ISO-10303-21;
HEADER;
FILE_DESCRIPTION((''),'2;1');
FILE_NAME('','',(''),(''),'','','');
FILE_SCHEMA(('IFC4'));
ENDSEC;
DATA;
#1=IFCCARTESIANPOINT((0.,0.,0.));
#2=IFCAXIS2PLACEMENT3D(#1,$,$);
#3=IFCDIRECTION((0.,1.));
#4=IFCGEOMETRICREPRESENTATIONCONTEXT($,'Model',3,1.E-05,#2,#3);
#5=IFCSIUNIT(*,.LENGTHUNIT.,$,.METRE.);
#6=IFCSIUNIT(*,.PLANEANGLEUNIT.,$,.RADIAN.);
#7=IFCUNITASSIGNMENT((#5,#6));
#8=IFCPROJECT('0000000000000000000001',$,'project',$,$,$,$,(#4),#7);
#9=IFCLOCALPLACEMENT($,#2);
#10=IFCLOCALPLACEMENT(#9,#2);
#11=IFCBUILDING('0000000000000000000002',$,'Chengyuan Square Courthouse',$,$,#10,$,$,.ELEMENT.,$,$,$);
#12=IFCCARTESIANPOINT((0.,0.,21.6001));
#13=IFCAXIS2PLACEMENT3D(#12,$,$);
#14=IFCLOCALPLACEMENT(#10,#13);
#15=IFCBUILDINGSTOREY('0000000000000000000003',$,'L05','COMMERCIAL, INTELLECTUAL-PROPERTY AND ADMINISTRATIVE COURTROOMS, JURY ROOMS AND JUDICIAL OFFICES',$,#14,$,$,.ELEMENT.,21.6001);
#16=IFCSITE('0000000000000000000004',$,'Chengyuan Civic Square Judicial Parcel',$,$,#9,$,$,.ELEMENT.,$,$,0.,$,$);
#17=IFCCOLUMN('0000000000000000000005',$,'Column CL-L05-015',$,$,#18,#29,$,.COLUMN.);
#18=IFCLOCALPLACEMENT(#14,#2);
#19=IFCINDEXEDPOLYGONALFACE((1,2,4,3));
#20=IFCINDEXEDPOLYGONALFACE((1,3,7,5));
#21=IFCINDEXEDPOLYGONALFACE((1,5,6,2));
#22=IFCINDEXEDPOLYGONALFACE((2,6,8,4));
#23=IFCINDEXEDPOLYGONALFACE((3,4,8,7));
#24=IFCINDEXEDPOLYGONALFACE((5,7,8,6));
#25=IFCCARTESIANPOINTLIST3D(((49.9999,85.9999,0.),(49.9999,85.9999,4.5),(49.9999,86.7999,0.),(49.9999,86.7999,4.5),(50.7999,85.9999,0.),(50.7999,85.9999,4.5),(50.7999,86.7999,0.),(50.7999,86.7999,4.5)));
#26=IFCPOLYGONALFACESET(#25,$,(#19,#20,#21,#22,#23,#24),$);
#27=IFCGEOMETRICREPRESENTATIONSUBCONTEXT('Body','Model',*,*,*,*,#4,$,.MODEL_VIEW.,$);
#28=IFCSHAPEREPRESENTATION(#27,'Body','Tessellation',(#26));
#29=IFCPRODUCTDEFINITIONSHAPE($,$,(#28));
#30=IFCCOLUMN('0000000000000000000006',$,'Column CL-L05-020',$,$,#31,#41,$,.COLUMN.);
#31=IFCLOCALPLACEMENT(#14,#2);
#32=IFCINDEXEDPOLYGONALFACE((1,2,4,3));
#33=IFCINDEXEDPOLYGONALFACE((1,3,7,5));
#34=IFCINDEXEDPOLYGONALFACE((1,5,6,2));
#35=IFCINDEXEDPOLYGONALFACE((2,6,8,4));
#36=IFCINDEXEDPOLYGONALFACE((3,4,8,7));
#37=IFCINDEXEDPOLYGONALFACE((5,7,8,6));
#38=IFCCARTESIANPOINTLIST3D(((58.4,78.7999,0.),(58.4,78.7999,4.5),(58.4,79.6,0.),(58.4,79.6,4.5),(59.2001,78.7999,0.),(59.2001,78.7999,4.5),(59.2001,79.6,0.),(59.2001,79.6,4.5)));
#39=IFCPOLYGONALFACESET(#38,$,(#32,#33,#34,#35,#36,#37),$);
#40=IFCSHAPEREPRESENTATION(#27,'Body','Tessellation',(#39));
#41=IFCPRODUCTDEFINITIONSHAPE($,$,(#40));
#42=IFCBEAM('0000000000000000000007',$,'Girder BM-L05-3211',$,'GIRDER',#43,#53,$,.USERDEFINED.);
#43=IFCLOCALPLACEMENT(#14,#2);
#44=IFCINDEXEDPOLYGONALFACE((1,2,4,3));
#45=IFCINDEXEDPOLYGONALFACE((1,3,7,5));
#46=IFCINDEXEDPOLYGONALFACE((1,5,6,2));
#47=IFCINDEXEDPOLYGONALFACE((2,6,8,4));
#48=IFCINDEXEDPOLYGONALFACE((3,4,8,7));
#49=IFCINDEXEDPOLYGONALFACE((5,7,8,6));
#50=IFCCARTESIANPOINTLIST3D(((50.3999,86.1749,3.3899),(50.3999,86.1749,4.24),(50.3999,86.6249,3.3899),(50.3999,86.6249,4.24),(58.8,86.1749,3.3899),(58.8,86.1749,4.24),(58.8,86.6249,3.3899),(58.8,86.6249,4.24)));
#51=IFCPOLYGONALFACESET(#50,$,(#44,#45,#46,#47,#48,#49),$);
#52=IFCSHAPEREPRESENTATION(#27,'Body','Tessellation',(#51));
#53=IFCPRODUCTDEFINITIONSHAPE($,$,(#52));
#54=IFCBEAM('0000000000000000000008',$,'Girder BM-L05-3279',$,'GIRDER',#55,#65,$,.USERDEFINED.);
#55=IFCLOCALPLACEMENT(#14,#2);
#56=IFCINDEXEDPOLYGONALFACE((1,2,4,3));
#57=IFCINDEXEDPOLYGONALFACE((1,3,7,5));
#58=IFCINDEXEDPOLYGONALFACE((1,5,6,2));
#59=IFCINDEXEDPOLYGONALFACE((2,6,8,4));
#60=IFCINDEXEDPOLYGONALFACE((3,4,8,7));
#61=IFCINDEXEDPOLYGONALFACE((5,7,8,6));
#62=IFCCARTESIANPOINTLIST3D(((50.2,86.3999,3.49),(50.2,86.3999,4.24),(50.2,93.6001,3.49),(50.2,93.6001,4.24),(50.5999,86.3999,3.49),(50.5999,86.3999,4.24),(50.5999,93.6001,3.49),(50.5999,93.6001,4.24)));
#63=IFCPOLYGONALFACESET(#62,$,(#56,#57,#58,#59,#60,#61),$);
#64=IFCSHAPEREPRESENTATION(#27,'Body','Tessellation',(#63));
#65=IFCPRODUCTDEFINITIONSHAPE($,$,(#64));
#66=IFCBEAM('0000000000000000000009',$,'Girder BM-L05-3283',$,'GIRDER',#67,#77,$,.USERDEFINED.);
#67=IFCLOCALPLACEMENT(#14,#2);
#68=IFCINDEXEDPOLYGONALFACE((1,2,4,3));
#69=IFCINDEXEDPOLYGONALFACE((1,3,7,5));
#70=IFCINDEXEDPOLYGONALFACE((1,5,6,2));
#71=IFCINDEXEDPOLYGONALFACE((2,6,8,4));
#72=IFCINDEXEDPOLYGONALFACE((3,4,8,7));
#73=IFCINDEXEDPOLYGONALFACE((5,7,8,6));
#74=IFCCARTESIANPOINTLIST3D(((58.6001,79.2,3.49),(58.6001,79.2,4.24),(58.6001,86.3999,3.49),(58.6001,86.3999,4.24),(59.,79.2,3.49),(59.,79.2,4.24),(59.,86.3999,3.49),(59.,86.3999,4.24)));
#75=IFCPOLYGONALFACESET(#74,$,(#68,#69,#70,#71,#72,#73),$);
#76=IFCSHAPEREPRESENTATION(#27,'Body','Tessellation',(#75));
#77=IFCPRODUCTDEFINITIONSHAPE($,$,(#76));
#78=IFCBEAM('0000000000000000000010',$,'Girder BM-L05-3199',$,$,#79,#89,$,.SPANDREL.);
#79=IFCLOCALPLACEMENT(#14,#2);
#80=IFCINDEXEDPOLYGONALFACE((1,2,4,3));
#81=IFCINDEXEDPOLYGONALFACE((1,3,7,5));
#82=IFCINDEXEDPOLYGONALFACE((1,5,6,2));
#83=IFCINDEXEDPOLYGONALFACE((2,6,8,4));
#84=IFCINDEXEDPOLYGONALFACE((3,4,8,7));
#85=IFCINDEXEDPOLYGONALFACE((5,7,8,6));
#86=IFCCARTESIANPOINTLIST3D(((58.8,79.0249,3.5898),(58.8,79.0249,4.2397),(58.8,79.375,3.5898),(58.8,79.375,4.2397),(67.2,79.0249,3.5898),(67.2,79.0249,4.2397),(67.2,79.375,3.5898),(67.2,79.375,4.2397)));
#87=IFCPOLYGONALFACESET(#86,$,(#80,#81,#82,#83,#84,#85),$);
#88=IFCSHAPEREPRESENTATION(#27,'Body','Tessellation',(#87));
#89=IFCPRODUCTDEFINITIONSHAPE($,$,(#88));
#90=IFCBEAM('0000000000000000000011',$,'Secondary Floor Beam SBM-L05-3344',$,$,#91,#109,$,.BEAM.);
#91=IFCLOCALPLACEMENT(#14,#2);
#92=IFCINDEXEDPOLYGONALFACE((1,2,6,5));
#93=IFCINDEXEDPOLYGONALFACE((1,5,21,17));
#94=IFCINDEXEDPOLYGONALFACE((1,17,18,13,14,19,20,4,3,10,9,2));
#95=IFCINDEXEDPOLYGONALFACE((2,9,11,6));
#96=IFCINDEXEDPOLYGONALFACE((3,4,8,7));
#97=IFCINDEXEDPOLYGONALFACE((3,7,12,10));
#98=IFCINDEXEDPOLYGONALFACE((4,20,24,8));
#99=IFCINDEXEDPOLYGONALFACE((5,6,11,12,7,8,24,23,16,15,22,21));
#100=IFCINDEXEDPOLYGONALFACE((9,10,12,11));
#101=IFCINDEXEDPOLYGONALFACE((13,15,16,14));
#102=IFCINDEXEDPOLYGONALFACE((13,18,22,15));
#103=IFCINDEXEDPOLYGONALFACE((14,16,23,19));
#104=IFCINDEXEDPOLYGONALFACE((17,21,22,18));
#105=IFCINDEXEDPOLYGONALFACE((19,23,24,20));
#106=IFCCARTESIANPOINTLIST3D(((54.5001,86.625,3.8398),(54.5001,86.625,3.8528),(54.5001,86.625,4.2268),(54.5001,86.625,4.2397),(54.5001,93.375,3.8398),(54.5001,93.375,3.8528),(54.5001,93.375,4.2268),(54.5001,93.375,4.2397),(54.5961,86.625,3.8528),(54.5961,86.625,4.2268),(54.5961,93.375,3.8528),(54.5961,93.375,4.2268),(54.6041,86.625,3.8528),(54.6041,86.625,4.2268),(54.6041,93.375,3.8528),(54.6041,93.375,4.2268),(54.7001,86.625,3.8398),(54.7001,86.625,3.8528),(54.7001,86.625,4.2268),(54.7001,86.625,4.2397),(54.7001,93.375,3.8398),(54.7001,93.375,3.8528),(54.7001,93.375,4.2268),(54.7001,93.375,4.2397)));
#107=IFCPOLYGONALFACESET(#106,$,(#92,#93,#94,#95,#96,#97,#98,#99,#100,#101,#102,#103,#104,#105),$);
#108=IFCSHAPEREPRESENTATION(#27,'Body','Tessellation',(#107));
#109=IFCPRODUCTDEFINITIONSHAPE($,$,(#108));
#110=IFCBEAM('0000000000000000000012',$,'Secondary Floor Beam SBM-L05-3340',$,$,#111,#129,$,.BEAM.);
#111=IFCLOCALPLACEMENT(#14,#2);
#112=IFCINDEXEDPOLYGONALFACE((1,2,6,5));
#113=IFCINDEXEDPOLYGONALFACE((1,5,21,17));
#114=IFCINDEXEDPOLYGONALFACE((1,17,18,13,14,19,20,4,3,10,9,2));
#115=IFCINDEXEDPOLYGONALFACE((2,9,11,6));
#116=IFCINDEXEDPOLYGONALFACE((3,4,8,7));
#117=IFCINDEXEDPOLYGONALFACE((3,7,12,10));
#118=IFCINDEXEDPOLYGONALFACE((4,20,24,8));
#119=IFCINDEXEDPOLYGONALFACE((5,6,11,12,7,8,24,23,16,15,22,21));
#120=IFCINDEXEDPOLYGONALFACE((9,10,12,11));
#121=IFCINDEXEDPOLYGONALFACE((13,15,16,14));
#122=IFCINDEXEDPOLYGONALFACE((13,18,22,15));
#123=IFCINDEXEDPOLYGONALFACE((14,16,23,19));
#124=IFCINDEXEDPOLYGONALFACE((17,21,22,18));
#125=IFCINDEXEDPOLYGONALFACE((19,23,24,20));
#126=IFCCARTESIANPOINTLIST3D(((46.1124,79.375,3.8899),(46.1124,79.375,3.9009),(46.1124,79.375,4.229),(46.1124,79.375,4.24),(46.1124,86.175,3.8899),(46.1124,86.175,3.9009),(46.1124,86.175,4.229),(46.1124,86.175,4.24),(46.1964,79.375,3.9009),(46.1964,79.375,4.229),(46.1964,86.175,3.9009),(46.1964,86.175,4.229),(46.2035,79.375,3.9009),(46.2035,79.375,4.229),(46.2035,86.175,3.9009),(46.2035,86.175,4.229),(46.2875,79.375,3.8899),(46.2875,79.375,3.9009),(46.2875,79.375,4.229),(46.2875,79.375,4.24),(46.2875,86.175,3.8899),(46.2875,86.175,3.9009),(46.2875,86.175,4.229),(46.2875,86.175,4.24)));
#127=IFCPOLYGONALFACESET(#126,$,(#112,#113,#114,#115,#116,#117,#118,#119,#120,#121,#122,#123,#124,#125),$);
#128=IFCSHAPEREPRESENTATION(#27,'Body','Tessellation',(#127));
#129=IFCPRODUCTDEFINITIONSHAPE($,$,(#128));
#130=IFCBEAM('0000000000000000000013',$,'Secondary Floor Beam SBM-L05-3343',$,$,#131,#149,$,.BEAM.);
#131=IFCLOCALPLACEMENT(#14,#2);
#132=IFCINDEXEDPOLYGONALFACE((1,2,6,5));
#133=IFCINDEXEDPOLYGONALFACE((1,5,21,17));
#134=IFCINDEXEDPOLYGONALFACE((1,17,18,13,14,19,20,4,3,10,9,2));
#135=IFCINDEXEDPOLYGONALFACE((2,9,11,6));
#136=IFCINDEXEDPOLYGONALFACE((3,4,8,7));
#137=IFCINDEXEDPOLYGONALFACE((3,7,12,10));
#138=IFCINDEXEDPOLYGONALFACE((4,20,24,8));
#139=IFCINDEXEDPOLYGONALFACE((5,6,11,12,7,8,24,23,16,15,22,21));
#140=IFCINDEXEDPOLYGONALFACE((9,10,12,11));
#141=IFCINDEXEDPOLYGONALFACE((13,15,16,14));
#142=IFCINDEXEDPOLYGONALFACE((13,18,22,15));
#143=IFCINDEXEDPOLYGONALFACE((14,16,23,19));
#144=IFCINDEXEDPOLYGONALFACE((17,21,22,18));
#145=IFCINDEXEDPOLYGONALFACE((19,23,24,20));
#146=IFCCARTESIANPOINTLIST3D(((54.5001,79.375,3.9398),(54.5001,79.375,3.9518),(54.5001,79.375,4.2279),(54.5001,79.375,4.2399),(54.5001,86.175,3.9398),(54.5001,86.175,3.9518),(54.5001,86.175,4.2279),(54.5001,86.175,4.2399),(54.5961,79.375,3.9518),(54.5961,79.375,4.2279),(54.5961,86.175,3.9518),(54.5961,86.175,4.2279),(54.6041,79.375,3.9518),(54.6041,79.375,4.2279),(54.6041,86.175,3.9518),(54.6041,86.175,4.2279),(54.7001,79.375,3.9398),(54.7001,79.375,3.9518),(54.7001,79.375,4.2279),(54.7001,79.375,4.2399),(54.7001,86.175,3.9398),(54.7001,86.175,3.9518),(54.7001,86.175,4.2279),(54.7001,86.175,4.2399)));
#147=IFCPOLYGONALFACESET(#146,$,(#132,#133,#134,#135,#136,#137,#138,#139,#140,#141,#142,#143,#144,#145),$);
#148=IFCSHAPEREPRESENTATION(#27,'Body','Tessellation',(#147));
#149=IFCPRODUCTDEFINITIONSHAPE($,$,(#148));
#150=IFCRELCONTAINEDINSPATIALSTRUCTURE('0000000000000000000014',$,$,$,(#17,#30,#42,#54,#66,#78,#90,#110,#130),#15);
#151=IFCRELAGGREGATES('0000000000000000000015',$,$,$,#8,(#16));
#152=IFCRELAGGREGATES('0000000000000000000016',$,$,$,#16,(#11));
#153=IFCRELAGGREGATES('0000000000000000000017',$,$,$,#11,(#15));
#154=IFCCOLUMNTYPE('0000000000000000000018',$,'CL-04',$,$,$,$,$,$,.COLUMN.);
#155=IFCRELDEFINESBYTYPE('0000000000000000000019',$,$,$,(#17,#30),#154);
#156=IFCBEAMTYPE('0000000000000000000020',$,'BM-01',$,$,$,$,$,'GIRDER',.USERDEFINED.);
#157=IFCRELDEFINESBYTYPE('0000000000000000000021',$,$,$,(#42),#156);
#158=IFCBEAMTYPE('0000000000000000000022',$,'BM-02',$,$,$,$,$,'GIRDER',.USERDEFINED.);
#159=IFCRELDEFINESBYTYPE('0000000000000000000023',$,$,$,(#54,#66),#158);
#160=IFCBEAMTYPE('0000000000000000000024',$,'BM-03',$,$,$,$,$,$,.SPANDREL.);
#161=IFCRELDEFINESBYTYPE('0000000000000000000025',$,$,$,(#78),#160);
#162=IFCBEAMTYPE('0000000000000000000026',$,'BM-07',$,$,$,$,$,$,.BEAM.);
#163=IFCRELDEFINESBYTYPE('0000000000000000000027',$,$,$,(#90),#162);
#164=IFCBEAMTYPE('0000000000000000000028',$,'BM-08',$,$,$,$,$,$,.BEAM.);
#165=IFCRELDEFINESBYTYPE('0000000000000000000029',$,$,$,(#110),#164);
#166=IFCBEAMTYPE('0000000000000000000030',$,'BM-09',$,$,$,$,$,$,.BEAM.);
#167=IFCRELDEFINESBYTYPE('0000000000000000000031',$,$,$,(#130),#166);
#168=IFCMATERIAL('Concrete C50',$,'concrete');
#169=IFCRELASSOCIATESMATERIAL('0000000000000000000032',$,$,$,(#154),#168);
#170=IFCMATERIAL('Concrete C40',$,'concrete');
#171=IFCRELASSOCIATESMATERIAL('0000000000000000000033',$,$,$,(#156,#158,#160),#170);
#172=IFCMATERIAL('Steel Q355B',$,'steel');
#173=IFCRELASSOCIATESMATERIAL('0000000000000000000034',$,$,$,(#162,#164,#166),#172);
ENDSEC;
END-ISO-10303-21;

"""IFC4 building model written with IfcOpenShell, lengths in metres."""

from ifc_helpers import new_model, si_unit, direction, frame, origin, origin_2d, place, context, subcontext, project, spatial, rectangle, i_section, extrude, material, material_profile, profile_set, type_object, element, save


model = new_model("IFC4")

# Units and contexts
model_context = context("Model", 3, precision=1e-05, world=origin(), true_north=direction((0.0, 1.0)))
body_context = subcontext(model_context, "Body", "Model", "MODEL_VIEW")
ifc_project = project(units=[si_unit("LENGTHUNIT", "METRE"), si_unit("PLANEANGLEUNIT", "RADIAN")], contexts=[model_context])

# Site, building, storey
site_placement = place(None, origin())
site = spatial("IfcSite", under=ifc_project, at=site_placement, Name="Chengyuan Civic Square Judicial Parcel", CompositionType="ELEMENT", RefElevation=0.0)
building_placement = place(site_placement, origin())
building = spatial("IfcBuilding", under=site, at=building_placement, Name="Chengyuan Square Courthouse", CompositionType="ELEMENT")
storey_placement = place(building_placement, frame((0.0, 0.0, 21.6001)))
storey = spatial("IfcBuildingStorey", under=building, at=storey_placement, Name="L05", Description="COMMERCIAL, INTELLECTUAL-PROPERTY AND ADMINISTRATIVE COURTROOMS, JURY ROOMS AND JUDICIAL OFFICES", CompositionType="ELEMENT", Elevation=21.6001)

# Columns
ifc_material_1 = material(Name="Concrete C50", Category="concrete")
ifc_material_profile_1 = material_profile(ifc_material_1, rectangle(XDim=0.8, YDim=0.8, at=origin_2d()), Name="RC-COL-800x800")
ifc_profile_set_1 = profile_set([ifc_material_profile_1], Name="Concrete C50")
column_type = type_object("IfcColumnType", Name="CL-04", PredefinedType="COLUMN", material=ifc_profile_set_1)
for number, where, z_axis, x_axis, name in (
    (1, (50.3999, 86.3999, 0.0), (0.0, 0.0, 1.0), (1.0, 0.0, 0.0), "Column CL-L05-015"),
    (2, (58.8, 79.2, 0.0), (0.0, 0.0, 1.0), (1.0, 0.0, 0.0), "Column CL-L05-020"),
):
    element("IfcColumn", number, at=place(storey_placement, frame(where, z_axis=z_axis, x_axis=x_axis)), inside=storey, type_object=column_type, Name=name, PredefinedType="COLUMN", context=body_context, shape_type="SweptSolid", body=[
        extrude(rectangle(XDim=0.8, YDim=0.8, at=origin_2d()), origin(), (0.0, 0.0, 1.0), 4.5),
    ])

# Beams
ifc_material_2 = material(Name="Concrete C40", Category="concrete")
ifc_material_profile_2 = material_profile(ifc_material_2, rectangle(XDim=0.45, YDim=0.8501, at=origin_2d()), Name="RC-BM-450x850")
ifc_profile_set_2 = profile_set([ifc_material_profile_2], Name="Concrete C40")
beam_type_1 = type_object("IfcBeamType", Name="BM-01", ElementType="GIRDER", PredefinedType="USERDEFINED", material=ifc_profile_set_2)
beam_1_placement = place(storey_placement, frame((50.3999, 86.3999, 3.8149), z_axis=(1.0, 0.0, 0.0), x_axis=(0.0, 1.0, 0.0)))
element("IfcBeam", 3, at=beam_1_placement, inside=storey, type_object=beam_type_1, Name="Girder BM-L05-3211", ObjectType="GIRDER", PredefinedType="USERDEFINED", context=body_context, shape_type="SweptSolid", body=[
    extrude(rectangle(XDim=0.45, YDim=0.8501, at=origin_2d()), origin(), (0.0, 0.0, 1.0), 8.4001),
])
ifc_material_profile_3 = material_profile(ifc_material_2, rectangle(XDim=0.3999, YDim=0.75, at=origin_2d()), Name="RC-BM-400x750")
ifc_profile_set_3 = profile_set([ifc_material_profile_3], Name="Concrete C40")
beam_type_2 = type_object("IfcBeamType", Name="BM-02", ElementType="GIRDER", PredefinedType="USERDEFINED", material=ifc_profile_set_3)
beam_2_placement = place(storey_placement, frame((50.3999, 86.3999, 3.865), z_axis=(0.0, 1.0, 0.0), x_axis=(-1.0, 0.0, 0.0)))
element("IfcBeam", 4, at=beam_2_placement, inside=storey, type_object=beam_type_2, Name="Girder BM-L05-3279", ObjectType="GIRDER", PredefinedType="USERDEFINED", context=body_context, shape_type="SweptSolid", body=[
    extrude(rectangle(XDim=0.3999, YDim=0.75, at=origin_2d()), origin(), (0.0, 0.0, 1.0), 7.2002),
])
beam_3_placement = place(storey_placement, frame((58.8, 79.2, 3.865), z_axis=(0.0, 1.0, 0.0), x_axis=(-1.0, 0.0, 0.0)))
element("IfcBeam", 5, at=beam_3_placement, inside=storey, type_object=beam_type_2, Name="Girder BM-L05-3283", ObjectType="GIRDER", PredefinedType="USERDEFINED", context=body_context, shape_type="SweptSolid", body=[
    extrude(rectangle(XDim=0.3999, YDim=0.75, at=origin_2d()), origin(), (0.0, 0.0, 1.0), 7.2),
])
ifc_material_profile_4 = material_profile(ifc_material_2, rectangle(XDim=0.3501, YDim=0.6499, at=origin_2d()), Name="RC-BM-350x650")
ifc_profile_set_4 = profile_set([ifc_material_profile_4], Name="Concrete C40")
beam_type_3 = type_object("IfcBeamType", Name="BM-03", PredefinedType="SPANDREL", material=ifc_profile_set_4)
beam_4_placement = place(storey_placement, frame((58.8, 79.2, 3.9148), z_axis=(1.0, 0.0, 0.0), x_axis=(0.0, 1.0, 0.0)))
element("IfcBeam", 6, at=beam_4_placement, inside=storey, type_object=beam_type_3, Name="Girder BM-L05-3199", PredefinedType="SPANDREL", context=body_context, shape_type="SweptSolid", body=[
    extrude(rectangle(XDim=0.3501, YDim=0.6499, at=origin_2d()), origin(), (0.0, 0.0, 1.0), 8.3999),
])
ifc_material_3 = material(Name="Steel Q355B", Category="steel")
ifc_material_profile_5 = material_profile(ifc_material_3, i_section(OverallWidth=0.2, OverallDepth=0.3999, WebThickness=0.0081, FlangeThickness=0.0129, at=origin_2d()), Name="HN 400x200x8x13")
ifc_profile_set_5 = profile_set([ifc_material_profile_5], Name="Steel Q355B")
beam_type_4 = type_object("IfcBeamType", Name="BM-07", PredefinedType="BEAM", material=ifc_profile_set_5)
beam_5_placement = place(storey_placement, frame((54.6001, 86.625, 4.0398), z_axis=(0.0, 1.0, 0.0), x_axis=(-1.0, 0.0, 0.0)))
element("IfcBeam", 7, at=beam_5_placement, inside=storey, type_object=beam_type_4, Name="Secondary Floor Beam SBM-L05-3344", PredefinedType="BEAM", context=body_context, shape_type="SweptSolid", body=[
    extrude(i_section(OverallWidth=0.2, OverallDepth=0.3999, WebThickness=0.0081, FlangeThickness=0.0129, at=origin_2d()), origin(), (0.0, 0.0, 1.0), 6.75),
])
ifc_material_profile_6 = material_profile(ifc_material_3, i_section(OverallWidth=0.175, OverallDepth=0.3501, WebThickness=0.0071, FlangeThickness=0.011, at=origin_2d()), Name="HN 350x175x7x11")
ifc_profile_set_6 = profile_set([ifc_material_profile_6], Name="Steel Q355B")
beam_type_5 = type_object("IfcBeamType", Name="BM-08", PredefinedType="BEAM", material=ifc_profile_set_6)
beam_6_placement = place(storey_placement, frame((46.2, 79.375, 4.0649), z_axis=(0.0, 1.0, 0.0), x_axis=(-1.0, 0.0, 0.0)))
element("IfcBeam", 8, at=beam_6_placement, inside=storey, type_object=beam_type_5, Name="Secondary Floor Beam SBM-L05-3340", PredefinedType="BEAM", context=body_context, shape_type="SweptSolid", body=[
    extrude(i_section(OverallWidth=0.175, OverallDepth=0.3501, WebThickness=0.0071, FlangeThickness=0.011, at=origin_2d()), origin(), (0.0, 0.0, 1.0), 6.8),
])
ifc_material_profile_7 = material_profile(ifc_material_3, i_section(OverallWidth=0.2, OverallDepth=0.3, WebThickness=0.0081, FlangeThickness=0.012, at=origin_2d()), Name="HM 300x200x8x12")
ifc_profile_set_7 = profile_set([ifc_material_profile_7], Name="Steel Q355B")
beam_type_6 = type_object("IfcBeamType", Name="BM-09", PredefinedType="BEAM", material=ifc_profile_set_7)
beam_7_placement = place(storey_placement, frame((54.6001, 79.375, 4.0898), z_axis=(0.0, 1.0, 0.0), x_axis=(-1.0, 0.0, 0.0)))
element("IfcBeam", 9, at=beam_7_placement, inside=storey, type_object=beam_type_6, Name="Secondary Floor Beam SBM-L05-3343", PredefinedType="BEAM", context=body_context, shape_type="SweptSolid", body=[
    extrude(i_section(OverallWidth=0.2, OverallDepth=0.3, WebThickness=0.0081, FlangeThickness=0.012, at=origin_2d()), origin(), (0.0, 0.0, 1.0), 6.8),
])

save(model, "model.ifc")
